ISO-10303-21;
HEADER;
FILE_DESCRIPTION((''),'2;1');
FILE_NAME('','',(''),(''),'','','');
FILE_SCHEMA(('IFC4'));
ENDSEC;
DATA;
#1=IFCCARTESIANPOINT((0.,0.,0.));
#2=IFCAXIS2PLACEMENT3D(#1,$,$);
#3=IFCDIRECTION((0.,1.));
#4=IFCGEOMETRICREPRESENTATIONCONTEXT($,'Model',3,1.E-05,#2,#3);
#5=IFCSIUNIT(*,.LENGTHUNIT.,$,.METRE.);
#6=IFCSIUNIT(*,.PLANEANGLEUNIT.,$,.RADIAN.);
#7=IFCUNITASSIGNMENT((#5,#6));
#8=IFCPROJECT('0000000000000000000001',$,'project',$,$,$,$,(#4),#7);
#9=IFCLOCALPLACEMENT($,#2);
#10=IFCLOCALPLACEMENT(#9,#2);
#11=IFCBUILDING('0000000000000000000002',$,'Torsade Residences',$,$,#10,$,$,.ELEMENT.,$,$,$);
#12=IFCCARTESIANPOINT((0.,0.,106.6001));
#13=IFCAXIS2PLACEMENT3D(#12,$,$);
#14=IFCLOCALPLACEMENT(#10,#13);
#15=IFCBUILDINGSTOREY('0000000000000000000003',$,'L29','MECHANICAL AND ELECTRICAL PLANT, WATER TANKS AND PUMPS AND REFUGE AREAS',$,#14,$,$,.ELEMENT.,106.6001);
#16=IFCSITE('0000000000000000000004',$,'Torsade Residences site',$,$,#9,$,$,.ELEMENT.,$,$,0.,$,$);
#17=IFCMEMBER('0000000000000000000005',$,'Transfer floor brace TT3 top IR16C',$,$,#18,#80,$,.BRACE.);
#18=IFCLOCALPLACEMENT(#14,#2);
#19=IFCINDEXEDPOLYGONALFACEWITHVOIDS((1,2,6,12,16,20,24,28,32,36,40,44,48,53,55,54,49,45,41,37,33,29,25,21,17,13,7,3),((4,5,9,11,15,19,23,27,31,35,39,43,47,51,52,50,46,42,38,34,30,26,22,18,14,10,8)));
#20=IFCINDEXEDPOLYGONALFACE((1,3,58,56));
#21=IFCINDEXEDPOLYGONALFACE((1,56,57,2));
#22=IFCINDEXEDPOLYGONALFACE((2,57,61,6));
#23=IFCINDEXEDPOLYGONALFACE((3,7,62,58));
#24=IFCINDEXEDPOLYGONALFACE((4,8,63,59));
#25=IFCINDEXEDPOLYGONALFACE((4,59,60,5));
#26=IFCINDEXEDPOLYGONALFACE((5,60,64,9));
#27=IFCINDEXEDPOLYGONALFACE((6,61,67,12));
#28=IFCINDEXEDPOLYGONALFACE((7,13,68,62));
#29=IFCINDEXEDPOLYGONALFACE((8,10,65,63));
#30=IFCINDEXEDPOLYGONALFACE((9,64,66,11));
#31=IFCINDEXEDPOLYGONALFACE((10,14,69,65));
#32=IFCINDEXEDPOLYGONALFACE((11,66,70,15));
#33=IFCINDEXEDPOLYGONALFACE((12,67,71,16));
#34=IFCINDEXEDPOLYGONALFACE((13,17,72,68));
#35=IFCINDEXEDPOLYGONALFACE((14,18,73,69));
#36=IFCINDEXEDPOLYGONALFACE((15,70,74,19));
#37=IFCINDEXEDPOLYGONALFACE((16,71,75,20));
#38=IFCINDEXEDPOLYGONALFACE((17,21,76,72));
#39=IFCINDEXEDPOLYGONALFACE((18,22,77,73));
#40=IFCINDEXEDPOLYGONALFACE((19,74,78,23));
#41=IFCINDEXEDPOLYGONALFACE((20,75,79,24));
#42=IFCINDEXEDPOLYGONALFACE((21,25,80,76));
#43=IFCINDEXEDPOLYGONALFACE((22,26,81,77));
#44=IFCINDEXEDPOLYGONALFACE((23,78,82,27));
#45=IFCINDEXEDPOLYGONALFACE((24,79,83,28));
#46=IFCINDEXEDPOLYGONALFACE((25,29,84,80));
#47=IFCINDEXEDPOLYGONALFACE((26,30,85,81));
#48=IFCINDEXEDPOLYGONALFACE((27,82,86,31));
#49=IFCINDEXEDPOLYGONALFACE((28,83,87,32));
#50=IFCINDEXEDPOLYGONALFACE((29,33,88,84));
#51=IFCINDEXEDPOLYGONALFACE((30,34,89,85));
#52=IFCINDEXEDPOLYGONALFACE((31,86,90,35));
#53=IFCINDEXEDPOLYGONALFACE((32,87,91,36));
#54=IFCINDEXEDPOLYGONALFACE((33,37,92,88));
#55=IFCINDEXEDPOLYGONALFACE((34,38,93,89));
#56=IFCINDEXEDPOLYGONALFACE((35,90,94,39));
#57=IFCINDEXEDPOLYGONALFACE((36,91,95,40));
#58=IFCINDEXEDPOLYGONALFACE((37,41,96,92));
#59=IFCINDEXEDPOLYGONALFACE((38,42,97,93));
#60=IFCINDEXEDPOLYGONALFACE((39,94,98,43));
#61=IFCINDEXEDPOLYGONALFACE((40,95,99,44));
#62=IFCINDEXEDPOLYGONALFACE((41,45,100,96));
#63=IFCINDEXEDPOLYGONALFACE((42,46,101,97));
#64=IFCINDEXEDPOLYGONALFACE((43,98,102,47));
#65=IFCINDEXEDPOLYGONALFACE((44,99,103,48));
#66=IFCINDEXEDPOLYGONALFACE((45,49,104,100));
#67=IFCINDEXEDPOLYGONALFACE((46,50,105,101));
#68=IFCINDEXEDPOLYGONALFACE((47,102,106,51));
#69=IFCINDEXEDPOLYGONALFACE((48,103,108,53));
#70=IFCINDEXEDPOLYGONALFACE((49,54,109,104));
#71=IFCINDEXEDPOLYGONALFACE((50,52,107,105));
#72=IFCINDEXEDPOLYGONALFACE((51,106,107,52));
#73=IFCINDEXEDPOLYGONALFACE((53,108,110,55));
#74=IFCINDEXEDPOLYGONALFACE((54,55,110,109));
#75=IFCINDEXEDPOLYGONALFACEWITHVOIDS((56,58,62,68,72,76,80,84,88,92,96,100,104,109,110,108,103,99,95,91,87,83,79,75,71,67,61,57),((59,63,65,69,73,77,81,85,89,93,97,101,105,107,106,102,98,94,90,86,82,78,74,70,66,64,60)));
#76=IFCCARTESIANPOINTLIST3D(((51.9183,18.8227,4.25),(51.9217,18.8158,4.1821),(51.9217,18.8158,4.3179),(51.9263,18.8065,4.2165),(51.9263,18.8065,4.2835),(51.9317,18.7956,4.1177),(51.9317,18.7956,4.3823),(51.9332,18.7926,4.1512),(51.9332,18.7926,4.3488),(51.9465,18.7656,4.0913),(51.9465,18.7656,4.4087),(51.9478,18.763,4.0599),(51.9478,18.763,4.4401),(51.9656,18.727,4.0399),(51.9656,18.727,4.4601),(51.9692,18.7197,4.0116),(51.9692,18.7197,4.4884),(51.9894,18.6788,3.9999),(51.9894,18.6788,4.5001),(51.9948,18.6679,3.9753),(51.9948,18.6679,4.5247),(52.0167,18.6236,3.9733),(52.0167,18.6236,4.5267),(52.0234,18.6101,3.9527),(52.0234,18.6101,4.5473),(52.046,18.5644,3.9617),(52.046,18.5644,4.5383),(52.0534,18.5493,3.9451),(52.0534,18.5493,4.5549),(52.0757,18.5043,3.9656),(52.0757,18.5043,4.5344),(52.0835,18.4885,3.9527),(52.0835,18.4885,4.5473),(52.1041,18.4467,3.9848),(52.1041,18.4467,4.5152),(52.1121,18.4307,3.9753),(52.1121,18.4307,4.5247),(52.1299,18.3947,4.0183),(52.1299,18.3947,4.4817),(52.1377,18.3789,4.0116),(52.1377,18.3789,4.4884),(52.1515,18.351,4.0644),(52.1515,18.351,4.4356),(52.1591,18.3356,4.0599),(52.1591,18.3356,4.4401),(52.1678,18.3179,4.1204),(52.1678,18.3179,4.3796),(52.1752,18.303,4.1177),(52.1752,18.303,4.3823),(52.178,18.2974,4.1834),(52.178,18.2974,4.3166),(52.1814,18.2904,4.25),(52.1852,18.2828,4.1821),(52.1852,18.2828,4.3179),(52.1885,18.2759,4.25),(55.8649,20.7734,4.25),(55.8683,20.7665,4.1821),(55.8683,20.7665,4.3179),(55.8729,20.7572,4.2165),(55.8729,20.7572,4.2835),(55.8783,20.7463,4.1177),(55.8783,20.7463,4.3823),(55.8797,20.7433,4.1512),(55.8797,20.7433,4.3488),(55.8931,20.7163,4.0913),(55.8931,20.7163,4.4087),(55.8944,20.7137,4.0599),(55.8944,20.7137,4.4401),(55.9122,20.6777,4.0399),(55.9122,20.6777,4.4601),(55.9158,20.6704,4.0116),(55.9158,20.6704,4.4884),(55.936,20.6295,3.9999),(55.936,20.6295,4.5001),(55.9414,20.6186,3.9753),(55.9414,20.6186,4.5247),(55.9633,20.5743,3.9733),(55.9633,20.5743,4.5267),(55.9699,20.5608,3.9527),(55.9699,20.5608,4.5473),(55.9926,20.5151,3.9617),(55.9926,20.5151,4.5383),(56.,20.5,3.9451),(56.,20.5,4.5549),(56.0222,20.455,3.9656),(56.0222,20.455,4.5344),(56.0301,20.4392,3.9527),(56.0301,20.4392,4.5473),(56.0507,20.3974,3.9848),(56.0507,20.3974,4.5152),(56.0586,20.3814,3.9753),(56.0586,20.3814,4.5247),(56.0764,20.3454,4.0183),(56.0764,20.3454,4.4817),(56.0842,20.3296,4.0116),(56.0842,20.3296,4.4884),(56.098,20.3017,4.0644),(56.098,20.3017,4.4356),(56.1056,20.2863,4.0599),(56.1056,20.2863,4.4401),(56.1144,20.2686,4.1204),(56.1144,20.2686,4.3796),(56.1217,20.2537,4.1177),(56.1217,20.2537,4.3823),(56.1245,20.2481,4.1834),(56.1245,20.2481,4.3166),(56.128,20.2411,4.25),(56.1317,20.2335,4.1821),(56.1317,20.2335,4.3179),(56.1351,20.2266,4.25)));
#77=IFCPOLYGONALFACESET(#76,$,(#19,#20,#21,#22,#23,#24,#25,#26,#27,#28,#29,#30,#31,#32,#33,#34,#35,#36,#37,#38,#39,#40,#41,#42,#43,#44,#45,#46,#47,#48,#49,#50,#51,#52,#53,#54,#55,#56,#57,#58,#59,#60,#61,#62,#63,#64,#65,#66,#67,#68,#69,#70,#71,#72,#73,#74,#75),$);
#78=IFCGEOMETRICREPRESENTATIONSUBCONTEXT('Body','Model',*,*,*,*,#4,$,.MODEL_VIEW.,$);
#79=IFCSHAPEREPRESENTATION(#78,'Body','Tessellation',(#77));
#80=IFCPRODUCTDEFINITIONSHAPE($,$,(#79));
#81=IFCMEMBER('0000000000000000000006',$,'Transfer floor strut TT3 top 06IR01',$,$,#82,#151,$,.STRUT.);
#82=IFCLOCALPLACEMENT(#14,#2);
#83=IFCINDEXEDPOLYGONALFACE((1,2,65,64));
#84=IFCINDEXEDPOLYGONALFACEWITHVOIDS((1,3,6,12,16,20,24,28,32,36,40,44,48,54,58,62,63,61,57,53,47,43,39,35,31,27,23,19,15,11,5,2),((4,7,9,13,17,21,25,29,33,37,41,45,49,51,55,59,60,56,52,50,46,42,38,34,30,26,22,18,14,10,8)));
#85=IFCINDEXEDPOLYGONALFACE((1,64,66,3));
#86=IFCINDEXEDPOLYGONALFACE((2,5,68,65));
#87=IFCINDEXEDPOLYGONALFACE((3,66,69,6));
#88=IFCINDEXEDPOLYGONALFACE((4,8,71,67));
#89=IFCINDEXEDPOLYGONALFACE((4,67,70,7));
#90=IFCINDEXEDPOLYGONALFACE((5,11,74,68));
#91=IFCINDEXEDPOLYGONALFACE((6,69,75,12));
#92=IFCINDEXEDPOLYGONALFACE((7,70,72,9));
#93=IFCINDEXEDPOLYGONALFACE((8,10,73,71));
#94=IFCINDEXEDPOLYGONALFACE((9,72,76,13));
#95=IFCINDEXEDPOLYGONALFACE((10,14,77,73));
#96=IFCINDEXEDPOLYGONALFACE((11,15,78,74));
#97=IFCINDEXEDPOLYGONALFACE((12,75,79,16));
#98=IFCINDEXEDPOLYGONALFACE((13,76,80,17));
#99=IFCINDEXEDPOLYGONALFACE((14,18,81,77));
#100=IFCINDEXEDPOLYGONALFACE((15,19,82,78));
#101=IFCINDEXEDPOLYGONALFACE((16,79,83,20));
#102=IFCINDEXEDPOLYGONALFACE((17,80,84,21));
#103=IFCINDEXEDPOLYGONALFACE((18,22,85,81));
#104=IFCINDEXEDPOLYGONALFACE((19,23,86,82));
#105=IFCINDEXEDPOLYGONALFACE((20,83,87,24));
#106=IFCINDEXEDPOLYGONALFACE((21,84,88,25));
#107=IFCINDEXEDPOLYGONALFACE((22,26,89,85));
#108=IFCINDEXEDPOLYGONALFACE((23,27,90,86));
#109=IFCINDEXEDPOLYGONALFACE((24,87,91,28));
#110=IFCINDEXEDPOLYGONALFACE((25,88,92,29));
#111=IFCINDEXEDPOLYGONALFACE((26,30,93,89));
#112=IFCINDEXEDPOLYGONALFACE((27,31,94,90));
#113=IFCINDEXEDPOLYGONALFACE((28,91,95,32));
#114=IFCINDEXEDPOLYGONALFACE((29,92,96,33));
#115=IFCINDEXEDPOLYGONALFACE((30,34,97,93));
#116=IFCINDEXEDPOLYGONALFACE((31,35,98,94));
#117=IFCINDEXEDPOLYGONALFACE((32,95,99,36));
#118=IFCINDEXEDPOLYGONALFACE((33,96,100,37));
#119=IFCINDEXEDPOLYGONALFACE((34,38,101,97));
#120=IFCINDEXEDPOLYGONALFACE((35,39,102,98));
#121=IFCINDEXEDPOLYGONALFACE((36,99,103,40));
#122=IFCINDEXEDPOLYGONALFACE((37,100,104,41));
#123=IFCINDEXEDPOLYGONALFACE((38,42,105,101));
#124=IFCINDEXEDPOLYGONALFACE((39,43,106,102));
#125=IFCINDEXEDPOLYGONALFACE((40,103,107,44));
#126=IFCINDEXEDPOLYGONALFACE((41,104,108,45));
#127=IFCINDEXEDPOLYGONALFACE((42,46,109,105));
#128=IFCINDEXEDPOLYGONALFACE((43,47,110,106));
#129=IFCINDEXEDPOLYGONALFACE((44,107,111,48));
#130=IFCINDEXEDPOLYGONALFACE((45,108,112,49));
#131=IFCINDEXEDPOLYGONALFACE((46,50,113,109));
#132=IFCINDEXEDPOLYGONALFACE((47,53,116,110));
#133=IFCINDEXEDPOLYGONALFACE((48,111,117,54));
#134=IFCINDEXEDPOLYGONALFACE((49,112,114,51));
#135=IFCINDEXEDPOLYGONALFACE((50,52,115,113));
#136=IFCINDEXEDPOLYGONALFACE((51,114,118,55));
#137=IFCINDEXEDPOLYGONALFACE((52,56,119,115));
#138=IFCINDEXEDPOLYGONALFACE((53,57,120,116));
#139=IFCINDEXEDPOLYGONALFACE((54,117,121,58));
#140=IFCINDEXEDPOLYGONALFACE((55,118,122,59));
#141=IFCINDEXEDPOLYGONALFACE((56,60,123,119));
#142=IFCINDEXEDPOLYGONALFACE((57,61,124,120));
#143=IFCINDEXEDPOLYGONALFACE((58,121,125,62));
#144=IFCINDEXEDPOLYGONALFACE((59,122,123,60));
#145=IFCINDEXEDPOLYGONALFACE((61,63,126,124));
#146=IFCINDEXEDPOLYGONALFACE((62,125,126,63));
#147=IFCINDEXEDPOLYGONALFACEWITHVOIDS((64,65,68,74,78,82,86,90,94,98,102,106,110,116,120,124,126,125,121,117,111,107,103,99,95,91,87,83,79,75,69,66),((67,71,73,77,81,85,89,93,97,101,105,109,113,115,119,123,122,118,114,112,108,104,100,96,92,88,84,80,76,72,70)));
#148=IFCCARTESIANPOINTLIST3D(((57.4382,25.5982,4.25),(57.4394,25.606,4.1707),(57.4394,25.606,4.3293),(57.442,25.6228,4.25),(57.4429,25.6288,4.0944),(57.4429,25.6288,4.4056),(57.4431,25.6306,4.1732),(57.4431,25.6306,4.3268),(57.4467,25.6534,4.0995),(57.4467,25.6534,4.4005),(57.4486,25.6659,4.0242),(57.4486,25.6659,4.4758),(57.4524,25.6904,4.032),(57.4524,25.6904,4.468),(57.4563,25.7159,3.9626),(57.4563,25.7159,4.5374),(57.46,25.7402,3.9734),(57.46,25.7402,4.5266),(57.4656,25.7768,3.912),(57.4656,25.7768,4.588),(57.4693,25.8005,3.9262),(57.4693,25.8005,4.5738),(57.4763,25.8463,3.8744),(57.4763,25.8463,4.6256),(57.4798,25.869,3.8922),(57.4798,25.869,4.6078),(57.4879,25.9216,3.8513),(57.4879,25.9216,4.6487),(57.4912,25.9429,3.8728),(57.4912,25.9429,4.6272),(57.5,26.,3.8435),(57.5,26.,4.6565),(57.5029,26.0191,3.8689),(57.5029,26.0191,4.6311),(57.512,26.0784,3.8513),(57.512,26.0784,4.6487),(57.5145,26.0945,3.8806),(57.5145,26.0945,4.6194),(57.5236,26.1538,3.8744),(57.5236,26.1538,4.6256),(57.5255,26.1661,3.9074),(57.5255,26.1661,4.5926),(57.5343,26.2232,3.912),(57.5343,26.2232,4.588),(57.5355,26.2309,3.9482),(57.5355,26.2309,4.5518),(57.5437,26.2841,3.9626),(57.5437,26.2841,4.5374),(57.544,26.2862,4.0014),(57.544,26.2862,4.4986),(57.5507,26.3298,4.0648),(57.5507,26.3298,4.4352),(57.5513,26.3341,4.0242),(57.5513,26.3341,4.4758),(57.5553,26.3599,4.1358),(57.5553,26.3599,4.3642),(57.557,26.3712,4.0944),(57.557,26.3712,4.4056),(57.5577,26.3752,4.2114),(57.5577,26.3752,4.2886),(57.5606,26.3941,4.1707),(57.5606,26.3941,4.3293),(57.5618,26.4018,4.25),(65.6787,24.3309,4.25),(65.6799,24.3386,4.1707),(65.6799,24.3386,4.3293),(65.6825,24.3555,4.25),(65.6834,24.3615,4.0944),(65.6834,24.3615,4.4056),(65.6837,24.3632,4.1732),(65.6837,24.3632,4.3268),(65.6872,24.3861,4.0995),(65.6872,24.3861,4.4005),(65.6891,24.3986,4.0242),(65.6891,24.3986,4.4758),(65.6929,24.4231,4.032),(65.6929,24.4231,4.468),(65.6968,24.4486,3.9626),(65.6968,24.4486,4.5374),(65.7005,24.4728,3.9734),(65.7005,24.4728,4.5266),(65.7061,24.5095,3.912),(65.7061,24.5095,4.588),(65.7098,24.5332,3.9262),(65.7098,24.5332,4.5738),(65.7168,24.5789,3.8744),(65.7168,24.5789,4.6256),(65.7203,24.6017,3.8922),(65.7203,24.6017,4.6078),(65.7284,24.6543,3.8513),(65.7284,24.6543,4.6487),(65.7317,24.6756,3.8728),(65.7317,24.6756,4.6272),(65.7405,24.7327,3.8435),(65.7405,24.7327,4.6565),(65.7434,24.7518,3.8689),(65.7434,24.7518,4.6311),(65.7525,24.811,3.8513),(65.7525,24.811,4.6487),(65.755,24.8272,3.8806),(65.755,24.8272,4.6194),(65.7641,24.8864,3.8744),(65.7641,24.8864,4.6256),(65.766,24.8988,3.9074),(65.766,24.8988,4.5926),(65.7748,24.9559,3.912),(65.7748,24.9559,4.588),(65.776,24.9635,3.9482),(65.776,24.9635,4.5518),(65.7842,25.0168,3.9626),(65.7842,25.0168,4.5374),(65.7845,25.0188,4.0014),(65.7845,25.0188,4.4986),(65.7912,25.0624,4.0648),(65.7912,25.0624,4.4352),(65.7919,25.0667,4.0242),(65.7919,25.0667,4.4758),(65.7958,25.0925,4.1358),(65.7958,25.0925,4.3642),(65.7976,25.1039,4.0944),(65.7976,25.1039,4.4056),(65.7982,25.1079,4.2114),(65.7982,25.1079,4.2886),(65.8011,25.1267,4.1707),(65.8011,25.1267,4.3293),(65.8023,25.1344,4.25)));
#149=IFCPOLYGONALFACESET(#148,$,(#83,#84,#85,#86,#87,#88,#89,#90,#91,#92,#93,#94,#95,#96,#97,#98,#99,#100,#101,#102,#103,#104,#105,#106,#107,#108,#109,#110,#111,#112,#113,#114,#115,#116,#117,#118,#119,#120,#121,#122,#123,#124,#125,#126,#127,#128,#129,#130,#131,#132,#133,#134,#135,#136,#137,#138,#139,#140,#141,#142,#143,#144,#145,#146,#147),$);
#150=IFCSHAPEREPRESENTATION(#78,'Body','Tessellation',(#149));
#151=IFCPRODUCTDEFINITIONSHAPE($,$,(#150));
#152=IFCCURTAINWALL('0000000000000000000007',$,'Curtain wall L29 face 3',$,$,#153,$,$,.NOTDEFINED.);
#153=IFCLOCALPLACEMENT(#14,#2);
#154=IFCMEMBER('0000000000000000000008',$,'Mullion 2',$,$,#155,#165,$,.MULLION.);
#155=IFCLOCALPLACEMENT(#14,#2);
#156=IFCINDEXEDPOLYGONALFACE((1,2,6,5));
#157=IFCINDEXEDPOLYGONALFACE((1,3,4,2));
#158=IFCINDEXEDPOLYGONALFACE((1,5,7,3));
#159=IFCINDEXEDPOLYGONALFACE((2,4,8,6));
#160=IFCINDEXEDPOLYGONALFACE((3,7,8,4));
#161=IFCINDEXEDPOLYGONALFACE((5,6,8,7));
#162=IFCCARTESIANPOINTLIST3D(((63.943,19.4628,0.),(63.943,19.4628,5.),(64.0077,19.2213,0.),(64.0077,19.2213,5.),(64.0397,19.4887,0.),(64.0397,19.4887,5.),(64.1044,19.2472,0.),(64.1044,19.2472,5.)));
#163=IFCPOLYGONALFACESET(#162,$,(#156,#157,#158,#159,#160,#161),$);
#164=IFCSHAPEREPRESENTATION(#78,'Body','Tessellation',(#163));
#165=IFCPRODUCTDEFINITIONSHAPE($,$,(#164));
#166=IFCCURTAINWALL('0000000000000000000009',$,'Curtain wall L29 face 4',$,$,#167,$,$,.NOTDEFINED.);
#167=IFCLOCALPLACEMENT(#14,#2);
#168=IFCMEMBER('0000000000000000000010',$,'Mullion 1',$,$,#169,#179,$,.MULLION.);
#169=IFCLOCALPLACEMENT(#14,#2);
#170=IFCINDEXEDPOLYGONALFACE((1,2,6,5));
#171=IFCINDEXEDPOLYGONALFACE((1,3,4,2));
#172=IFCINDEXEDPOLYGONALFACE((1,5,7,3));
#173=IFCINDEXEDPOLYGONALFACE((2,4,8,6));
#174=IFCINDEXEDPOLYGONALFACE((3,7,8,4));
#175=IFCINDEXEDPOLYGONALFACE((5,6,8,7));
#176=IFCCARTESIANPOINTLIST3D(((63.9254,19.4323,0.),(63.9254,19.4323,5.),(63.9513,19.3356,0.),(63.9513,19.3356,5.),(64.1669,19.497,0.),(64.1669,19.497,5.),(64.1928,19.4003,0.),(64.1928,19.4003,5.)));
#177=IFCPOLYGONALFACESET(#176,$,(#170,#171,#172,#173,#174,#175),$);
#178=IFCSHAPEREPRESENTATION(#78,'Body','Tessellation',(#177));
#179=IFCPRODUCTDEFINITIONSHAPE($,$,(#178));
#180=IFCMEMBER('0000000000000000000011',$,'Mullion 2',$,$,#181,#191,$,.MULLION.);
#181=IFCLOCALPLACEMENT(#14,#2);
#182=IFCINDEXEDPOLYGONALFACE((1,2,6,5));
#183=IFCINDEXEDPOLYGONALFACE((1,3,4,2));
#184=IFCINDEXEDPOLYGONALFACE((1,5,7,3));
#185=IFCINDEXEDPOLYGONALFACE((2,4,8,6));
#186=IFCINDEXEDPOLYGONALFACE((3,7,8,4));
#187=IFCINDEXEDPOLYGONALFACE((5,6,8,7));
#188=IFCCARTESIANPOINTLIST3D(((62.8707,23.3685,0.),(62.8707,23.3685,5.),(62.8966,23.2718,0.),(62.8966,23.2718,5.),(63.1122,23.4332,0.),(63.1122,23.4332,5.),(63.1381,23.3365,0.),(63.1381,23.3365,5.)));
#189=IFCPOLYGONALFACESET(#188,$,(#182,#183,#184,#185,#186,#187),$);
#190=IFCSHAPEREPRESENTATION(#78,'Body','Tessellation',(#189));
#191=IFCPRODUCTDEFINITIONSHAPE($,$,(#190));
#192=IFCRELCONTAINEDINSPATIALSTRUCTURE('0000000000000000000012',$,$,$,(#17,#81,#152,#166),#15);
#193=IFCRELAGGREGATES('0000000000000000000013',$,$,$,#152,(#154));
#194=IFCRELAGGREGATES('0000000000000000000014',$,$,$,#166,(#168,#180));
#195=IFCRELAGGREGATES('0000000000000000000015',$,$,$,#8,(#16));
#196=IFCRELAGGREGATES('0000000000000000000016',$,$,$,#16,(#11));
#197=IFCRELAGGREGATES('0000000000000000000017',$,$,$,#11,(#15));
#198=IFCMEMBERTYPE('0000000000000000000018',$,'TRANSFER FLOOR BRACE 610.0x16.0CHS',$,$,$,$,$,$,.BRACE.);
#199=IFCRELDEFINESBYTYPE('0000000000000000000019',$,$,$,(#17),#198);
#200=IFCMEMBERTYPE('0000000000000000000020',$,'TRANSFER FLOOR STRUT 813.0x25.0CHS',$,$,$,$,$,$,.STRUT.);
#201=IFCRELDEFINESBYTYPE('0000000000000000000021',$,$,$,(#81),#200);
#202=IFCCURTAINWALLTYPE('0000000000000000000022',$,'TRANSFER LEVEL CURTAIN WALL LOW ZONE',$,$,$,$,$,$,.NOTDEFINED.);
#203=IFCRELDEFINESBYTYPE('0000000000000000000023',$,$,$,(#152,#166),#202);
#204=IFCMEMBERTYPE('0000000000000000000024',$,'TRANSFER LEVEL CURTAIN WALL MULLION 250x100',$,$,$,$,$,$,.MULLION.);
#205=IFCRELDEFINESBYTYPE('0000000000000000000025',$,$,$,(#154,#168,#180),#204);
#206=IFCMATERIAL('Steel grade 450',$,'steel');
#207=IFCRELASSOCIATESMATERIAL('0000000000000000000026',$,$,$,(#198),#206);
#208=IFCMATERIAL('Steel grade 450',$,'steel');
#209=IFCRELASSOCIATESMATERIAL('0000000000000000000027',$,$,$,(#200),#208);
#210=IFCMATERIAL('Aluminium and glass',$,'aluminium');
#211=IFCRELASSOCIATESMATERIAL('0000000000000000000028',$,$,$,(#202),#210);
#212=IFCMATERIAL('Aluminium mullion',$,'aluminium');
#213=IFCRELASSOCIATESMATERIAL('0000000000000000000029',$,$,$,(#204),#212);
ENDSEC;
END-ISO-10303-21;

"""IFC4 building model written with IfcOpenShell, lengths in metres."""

from ifc_helpers import new_model, si_unit, direction, frame, origin, origin_2d, place, context, subcontext, project, spatial, rectangle, hollow_circle, extrude, material, material_profile, profile_set, type_object, element, aggregate, save


model = new_model("IFC4")

# Units and contexts
model_context = context("Model", 3, precision=1e-05, world=origin(), true_north=direction((0.0, 1.0)))
body_context = subcontext(model_context, "Body", "Model", "MODEL_VIEW")
ifc_project = project(units=[si_unit("LENGTHUNIT", "METRE"), si_unit("PLANEANGLEUNIT", "RADIAN")], contexts=[model_context])

# Site, building, storey
site_placement = place(None, origin())
site = spatial("IfcSite", under=ifc_project, at=site_placement, Name="Torsade Residences site", CompositionType="ELEMENT", RefElevation=0.0)
building_placement = place(site_placement, origin())
building = spatial("IfcBuilding", under=site, at=building_placement, Name="Torsade Residences", CompositionType="ELEMENT")
storey_placement = place(building_placement, frame((0.0, 0.0, 106.6001)))
storey = spatial("IfcBuildingStorey", under=building, at=storey_placement, Name="L29", Description="MECHANICAL AND ELECTRICAL PLANT, WATER TANKS AND PUMPS AND REFUGE AREAS", CompositionType="ELEMENT", Elevation=106.6001)

# Members
ifc_material_1 = material(Name="Steel grade 450", Category="steel")
ifc_material_profile_1 = material_profile(ifc_material_1, hollow_circle(Radius=0.3049, WallThickness=0.0161, at=origin_2d()), Name="610.0x16.0CHS")
ifc_profile_set_1 = profile_set([ifc_material_profile_1], Name="Steel grade 450")
member_type_1 = type_object("IfcMemberType", Name="TRANSFER FLOOR BRACE 610.0x16.0CHS", PredefinedType="BRACE", material=ifc_profile_set_1)
member_1_placement = place(storey_placement, frame((56.0, 20.5, 4.25), z_axis=(-0.89647, -0.443105, 0.0), x_axis=(0.443105, -0.89647, 0.0)))
element("IfcMember", 1, at=member_1_placement, inside=storey, type_object=member_type_1, Name="Transfer floor brace TT3 top IR16C", PredefinedType="BRACE", context=body_context, shape_type="SweptSolid", body=[
    extrude(hollow_circle(Radius=0.3049, WallThickness=0.0161, at=origin_2d()), origin(), (0.0, 0.0, 1.0), 4.4023),
])
ifc_material_2 = material(Name="Steel grade 450", Category="steel")
ifc_material_profile_2 = material_profile(ifc_material_2, hollow_circle(Radius=0.4065, WallThickness=0.0249, at=origin_2d()), Name="813.0x25.0CHS")
ifc_profile_set_2 = profile_set([ifc_material_profile_2], Name="Steel grade 450")
member_type_2 = type_object("IfcMemberType", Name="TRANSFER FLOOR STRUT 813.0x25.0CHS", PredefinedType="STRUT", material=ifc_profile_set_2)
member_2_placement = place(storey_placement, frame((65.7405, 24.7327, 4.25), z_axis=(-0.988379, 0.152007, 0.0), x_axis=(-0.152007, -0.988379, 0.0)))
element("IfcMember", 2, at=member_2_placement, inside=storey, type_object=member_type_2, Name="Transfer floor strut TT3 top 06IR01", PredefinedType="STRUT", context=body_context, shape_type="SweptSolid", body=[
    extrude(hollow_circle(Radius=0.4065, WallThickness=0.0249, at=origin_2d()), origin(), (0.0, 0.0, 1.0), 8.3374),
])

# Curtain wall, member
ifc_material_3 = material(Name="Aluminium and glass", Category="aluminium")
curtain_wall_type = type_object("IfcCurtainWallType", Name="TRANSFER LEVEL CURTAIN WALL LOW ZONE", PredefinedType="NOTDEFINED", material=ifc_material_3)
curtain_wall_1_placement = place(storey_placement, origin())
curtain_wall_1 = element("IfcCurtainWall", 3, at=curtain_wall_1_placement, inside=storey, type_object=curtain_wall_type, Name="Curtain wall L29 face 3", PredefinedType="NOTDEFINED")
ifc_material_4 = material(Name="Aluminium mullion", Category="aluminium")
ifc_material_profile_3 = material_profile(ifc_material_4, rectangle(XDim=0.25, YDim=0.1001, at=origin_2d()), Name="TRANSFER LEVEL CURTAIN WALL MULLION 250x100")
ifc_profile_set_3 = profile_set([ifc_material_profile_3], Name="Aluminium mullion")
member_type_3 = type_object("IfcMemberType", Name="TRANSFER LEVEL CURTAIN WALL MULLION 250x100", PredefinedType="MULLION", material=ifc_profile_set_3)
member_3_placement = place(storey_placement, frame((64.0237, 19.355, 0.0), z_axis=(0.0, 0.0, 1.0), x_axis=(-0.258819, 0.965926, 0.0)))
member_3 = element("IfcMember", 4, at=member_3_placement, type_object=member_type_3, Name="Mullion 2", PredefinedType="MULLION", context=body_context, shape_type="SweptSolid", body=[
    extrude(rectangle(XDim=0.25, YDim=0.1001, at=origin_2d()), origin(), (0.0, 0.0, 1.0), 5.0),
])

# Curtain wall, members
curtain_wall_2_placement = place(storey_placement, origin())
curtain_wall_2 = element("IfcCurtainWall", 5, at=curtain_wall_2_placement, inside=storey, type_object=curtain_wall_type, Name="Curtain wall L29 face 4", PredefinedType="NOTDEFINED")
member_4_placement = place(storey_placement, frame((64.0591, 19.4163, 0.0), z_axis=(0.0, 0.0, 1.0), x_axis=(-0.965926, -0.258819, 0.0)))
member_4 = element("IfcMember", 6, at=member_4_placement, type_object=member_type_3, Name="Mullion 1", PredefinedType="MULLION", context=body_context, shape_type="SweptSolid", body=[
    extrude(rectangle(XDim=0.25, YDim=0.1001, at=origin_2d()), origin(), (0.0, 0.0, 1.0), 5.0),
])
member_5_placement = place(storey_placement, frame((63.0044, 23.3525, 0.0), z_axis=(0.0, 0.0, 1.0), x_axis=(-0.965926, -0.258819, 0.0)))
member_5 = element("IfcMember", 7, at=member_5_placement, type_object=member_type_3, Name="Mullion 2", PredefinedType="MULLION", context=body_context, shape_type="SweptSolid", body=[
    extrude(rectangle(XDim=0.25, YDim=0.1001, at=origin_2d()), origin(), (0.0, 0.0, 1.0), 5.0),
])

aggregate(curtain_wall_1, [member_3])
aggregate(curtain_wall_2, [member_4, member_5])

save(model, "model.ifc")
